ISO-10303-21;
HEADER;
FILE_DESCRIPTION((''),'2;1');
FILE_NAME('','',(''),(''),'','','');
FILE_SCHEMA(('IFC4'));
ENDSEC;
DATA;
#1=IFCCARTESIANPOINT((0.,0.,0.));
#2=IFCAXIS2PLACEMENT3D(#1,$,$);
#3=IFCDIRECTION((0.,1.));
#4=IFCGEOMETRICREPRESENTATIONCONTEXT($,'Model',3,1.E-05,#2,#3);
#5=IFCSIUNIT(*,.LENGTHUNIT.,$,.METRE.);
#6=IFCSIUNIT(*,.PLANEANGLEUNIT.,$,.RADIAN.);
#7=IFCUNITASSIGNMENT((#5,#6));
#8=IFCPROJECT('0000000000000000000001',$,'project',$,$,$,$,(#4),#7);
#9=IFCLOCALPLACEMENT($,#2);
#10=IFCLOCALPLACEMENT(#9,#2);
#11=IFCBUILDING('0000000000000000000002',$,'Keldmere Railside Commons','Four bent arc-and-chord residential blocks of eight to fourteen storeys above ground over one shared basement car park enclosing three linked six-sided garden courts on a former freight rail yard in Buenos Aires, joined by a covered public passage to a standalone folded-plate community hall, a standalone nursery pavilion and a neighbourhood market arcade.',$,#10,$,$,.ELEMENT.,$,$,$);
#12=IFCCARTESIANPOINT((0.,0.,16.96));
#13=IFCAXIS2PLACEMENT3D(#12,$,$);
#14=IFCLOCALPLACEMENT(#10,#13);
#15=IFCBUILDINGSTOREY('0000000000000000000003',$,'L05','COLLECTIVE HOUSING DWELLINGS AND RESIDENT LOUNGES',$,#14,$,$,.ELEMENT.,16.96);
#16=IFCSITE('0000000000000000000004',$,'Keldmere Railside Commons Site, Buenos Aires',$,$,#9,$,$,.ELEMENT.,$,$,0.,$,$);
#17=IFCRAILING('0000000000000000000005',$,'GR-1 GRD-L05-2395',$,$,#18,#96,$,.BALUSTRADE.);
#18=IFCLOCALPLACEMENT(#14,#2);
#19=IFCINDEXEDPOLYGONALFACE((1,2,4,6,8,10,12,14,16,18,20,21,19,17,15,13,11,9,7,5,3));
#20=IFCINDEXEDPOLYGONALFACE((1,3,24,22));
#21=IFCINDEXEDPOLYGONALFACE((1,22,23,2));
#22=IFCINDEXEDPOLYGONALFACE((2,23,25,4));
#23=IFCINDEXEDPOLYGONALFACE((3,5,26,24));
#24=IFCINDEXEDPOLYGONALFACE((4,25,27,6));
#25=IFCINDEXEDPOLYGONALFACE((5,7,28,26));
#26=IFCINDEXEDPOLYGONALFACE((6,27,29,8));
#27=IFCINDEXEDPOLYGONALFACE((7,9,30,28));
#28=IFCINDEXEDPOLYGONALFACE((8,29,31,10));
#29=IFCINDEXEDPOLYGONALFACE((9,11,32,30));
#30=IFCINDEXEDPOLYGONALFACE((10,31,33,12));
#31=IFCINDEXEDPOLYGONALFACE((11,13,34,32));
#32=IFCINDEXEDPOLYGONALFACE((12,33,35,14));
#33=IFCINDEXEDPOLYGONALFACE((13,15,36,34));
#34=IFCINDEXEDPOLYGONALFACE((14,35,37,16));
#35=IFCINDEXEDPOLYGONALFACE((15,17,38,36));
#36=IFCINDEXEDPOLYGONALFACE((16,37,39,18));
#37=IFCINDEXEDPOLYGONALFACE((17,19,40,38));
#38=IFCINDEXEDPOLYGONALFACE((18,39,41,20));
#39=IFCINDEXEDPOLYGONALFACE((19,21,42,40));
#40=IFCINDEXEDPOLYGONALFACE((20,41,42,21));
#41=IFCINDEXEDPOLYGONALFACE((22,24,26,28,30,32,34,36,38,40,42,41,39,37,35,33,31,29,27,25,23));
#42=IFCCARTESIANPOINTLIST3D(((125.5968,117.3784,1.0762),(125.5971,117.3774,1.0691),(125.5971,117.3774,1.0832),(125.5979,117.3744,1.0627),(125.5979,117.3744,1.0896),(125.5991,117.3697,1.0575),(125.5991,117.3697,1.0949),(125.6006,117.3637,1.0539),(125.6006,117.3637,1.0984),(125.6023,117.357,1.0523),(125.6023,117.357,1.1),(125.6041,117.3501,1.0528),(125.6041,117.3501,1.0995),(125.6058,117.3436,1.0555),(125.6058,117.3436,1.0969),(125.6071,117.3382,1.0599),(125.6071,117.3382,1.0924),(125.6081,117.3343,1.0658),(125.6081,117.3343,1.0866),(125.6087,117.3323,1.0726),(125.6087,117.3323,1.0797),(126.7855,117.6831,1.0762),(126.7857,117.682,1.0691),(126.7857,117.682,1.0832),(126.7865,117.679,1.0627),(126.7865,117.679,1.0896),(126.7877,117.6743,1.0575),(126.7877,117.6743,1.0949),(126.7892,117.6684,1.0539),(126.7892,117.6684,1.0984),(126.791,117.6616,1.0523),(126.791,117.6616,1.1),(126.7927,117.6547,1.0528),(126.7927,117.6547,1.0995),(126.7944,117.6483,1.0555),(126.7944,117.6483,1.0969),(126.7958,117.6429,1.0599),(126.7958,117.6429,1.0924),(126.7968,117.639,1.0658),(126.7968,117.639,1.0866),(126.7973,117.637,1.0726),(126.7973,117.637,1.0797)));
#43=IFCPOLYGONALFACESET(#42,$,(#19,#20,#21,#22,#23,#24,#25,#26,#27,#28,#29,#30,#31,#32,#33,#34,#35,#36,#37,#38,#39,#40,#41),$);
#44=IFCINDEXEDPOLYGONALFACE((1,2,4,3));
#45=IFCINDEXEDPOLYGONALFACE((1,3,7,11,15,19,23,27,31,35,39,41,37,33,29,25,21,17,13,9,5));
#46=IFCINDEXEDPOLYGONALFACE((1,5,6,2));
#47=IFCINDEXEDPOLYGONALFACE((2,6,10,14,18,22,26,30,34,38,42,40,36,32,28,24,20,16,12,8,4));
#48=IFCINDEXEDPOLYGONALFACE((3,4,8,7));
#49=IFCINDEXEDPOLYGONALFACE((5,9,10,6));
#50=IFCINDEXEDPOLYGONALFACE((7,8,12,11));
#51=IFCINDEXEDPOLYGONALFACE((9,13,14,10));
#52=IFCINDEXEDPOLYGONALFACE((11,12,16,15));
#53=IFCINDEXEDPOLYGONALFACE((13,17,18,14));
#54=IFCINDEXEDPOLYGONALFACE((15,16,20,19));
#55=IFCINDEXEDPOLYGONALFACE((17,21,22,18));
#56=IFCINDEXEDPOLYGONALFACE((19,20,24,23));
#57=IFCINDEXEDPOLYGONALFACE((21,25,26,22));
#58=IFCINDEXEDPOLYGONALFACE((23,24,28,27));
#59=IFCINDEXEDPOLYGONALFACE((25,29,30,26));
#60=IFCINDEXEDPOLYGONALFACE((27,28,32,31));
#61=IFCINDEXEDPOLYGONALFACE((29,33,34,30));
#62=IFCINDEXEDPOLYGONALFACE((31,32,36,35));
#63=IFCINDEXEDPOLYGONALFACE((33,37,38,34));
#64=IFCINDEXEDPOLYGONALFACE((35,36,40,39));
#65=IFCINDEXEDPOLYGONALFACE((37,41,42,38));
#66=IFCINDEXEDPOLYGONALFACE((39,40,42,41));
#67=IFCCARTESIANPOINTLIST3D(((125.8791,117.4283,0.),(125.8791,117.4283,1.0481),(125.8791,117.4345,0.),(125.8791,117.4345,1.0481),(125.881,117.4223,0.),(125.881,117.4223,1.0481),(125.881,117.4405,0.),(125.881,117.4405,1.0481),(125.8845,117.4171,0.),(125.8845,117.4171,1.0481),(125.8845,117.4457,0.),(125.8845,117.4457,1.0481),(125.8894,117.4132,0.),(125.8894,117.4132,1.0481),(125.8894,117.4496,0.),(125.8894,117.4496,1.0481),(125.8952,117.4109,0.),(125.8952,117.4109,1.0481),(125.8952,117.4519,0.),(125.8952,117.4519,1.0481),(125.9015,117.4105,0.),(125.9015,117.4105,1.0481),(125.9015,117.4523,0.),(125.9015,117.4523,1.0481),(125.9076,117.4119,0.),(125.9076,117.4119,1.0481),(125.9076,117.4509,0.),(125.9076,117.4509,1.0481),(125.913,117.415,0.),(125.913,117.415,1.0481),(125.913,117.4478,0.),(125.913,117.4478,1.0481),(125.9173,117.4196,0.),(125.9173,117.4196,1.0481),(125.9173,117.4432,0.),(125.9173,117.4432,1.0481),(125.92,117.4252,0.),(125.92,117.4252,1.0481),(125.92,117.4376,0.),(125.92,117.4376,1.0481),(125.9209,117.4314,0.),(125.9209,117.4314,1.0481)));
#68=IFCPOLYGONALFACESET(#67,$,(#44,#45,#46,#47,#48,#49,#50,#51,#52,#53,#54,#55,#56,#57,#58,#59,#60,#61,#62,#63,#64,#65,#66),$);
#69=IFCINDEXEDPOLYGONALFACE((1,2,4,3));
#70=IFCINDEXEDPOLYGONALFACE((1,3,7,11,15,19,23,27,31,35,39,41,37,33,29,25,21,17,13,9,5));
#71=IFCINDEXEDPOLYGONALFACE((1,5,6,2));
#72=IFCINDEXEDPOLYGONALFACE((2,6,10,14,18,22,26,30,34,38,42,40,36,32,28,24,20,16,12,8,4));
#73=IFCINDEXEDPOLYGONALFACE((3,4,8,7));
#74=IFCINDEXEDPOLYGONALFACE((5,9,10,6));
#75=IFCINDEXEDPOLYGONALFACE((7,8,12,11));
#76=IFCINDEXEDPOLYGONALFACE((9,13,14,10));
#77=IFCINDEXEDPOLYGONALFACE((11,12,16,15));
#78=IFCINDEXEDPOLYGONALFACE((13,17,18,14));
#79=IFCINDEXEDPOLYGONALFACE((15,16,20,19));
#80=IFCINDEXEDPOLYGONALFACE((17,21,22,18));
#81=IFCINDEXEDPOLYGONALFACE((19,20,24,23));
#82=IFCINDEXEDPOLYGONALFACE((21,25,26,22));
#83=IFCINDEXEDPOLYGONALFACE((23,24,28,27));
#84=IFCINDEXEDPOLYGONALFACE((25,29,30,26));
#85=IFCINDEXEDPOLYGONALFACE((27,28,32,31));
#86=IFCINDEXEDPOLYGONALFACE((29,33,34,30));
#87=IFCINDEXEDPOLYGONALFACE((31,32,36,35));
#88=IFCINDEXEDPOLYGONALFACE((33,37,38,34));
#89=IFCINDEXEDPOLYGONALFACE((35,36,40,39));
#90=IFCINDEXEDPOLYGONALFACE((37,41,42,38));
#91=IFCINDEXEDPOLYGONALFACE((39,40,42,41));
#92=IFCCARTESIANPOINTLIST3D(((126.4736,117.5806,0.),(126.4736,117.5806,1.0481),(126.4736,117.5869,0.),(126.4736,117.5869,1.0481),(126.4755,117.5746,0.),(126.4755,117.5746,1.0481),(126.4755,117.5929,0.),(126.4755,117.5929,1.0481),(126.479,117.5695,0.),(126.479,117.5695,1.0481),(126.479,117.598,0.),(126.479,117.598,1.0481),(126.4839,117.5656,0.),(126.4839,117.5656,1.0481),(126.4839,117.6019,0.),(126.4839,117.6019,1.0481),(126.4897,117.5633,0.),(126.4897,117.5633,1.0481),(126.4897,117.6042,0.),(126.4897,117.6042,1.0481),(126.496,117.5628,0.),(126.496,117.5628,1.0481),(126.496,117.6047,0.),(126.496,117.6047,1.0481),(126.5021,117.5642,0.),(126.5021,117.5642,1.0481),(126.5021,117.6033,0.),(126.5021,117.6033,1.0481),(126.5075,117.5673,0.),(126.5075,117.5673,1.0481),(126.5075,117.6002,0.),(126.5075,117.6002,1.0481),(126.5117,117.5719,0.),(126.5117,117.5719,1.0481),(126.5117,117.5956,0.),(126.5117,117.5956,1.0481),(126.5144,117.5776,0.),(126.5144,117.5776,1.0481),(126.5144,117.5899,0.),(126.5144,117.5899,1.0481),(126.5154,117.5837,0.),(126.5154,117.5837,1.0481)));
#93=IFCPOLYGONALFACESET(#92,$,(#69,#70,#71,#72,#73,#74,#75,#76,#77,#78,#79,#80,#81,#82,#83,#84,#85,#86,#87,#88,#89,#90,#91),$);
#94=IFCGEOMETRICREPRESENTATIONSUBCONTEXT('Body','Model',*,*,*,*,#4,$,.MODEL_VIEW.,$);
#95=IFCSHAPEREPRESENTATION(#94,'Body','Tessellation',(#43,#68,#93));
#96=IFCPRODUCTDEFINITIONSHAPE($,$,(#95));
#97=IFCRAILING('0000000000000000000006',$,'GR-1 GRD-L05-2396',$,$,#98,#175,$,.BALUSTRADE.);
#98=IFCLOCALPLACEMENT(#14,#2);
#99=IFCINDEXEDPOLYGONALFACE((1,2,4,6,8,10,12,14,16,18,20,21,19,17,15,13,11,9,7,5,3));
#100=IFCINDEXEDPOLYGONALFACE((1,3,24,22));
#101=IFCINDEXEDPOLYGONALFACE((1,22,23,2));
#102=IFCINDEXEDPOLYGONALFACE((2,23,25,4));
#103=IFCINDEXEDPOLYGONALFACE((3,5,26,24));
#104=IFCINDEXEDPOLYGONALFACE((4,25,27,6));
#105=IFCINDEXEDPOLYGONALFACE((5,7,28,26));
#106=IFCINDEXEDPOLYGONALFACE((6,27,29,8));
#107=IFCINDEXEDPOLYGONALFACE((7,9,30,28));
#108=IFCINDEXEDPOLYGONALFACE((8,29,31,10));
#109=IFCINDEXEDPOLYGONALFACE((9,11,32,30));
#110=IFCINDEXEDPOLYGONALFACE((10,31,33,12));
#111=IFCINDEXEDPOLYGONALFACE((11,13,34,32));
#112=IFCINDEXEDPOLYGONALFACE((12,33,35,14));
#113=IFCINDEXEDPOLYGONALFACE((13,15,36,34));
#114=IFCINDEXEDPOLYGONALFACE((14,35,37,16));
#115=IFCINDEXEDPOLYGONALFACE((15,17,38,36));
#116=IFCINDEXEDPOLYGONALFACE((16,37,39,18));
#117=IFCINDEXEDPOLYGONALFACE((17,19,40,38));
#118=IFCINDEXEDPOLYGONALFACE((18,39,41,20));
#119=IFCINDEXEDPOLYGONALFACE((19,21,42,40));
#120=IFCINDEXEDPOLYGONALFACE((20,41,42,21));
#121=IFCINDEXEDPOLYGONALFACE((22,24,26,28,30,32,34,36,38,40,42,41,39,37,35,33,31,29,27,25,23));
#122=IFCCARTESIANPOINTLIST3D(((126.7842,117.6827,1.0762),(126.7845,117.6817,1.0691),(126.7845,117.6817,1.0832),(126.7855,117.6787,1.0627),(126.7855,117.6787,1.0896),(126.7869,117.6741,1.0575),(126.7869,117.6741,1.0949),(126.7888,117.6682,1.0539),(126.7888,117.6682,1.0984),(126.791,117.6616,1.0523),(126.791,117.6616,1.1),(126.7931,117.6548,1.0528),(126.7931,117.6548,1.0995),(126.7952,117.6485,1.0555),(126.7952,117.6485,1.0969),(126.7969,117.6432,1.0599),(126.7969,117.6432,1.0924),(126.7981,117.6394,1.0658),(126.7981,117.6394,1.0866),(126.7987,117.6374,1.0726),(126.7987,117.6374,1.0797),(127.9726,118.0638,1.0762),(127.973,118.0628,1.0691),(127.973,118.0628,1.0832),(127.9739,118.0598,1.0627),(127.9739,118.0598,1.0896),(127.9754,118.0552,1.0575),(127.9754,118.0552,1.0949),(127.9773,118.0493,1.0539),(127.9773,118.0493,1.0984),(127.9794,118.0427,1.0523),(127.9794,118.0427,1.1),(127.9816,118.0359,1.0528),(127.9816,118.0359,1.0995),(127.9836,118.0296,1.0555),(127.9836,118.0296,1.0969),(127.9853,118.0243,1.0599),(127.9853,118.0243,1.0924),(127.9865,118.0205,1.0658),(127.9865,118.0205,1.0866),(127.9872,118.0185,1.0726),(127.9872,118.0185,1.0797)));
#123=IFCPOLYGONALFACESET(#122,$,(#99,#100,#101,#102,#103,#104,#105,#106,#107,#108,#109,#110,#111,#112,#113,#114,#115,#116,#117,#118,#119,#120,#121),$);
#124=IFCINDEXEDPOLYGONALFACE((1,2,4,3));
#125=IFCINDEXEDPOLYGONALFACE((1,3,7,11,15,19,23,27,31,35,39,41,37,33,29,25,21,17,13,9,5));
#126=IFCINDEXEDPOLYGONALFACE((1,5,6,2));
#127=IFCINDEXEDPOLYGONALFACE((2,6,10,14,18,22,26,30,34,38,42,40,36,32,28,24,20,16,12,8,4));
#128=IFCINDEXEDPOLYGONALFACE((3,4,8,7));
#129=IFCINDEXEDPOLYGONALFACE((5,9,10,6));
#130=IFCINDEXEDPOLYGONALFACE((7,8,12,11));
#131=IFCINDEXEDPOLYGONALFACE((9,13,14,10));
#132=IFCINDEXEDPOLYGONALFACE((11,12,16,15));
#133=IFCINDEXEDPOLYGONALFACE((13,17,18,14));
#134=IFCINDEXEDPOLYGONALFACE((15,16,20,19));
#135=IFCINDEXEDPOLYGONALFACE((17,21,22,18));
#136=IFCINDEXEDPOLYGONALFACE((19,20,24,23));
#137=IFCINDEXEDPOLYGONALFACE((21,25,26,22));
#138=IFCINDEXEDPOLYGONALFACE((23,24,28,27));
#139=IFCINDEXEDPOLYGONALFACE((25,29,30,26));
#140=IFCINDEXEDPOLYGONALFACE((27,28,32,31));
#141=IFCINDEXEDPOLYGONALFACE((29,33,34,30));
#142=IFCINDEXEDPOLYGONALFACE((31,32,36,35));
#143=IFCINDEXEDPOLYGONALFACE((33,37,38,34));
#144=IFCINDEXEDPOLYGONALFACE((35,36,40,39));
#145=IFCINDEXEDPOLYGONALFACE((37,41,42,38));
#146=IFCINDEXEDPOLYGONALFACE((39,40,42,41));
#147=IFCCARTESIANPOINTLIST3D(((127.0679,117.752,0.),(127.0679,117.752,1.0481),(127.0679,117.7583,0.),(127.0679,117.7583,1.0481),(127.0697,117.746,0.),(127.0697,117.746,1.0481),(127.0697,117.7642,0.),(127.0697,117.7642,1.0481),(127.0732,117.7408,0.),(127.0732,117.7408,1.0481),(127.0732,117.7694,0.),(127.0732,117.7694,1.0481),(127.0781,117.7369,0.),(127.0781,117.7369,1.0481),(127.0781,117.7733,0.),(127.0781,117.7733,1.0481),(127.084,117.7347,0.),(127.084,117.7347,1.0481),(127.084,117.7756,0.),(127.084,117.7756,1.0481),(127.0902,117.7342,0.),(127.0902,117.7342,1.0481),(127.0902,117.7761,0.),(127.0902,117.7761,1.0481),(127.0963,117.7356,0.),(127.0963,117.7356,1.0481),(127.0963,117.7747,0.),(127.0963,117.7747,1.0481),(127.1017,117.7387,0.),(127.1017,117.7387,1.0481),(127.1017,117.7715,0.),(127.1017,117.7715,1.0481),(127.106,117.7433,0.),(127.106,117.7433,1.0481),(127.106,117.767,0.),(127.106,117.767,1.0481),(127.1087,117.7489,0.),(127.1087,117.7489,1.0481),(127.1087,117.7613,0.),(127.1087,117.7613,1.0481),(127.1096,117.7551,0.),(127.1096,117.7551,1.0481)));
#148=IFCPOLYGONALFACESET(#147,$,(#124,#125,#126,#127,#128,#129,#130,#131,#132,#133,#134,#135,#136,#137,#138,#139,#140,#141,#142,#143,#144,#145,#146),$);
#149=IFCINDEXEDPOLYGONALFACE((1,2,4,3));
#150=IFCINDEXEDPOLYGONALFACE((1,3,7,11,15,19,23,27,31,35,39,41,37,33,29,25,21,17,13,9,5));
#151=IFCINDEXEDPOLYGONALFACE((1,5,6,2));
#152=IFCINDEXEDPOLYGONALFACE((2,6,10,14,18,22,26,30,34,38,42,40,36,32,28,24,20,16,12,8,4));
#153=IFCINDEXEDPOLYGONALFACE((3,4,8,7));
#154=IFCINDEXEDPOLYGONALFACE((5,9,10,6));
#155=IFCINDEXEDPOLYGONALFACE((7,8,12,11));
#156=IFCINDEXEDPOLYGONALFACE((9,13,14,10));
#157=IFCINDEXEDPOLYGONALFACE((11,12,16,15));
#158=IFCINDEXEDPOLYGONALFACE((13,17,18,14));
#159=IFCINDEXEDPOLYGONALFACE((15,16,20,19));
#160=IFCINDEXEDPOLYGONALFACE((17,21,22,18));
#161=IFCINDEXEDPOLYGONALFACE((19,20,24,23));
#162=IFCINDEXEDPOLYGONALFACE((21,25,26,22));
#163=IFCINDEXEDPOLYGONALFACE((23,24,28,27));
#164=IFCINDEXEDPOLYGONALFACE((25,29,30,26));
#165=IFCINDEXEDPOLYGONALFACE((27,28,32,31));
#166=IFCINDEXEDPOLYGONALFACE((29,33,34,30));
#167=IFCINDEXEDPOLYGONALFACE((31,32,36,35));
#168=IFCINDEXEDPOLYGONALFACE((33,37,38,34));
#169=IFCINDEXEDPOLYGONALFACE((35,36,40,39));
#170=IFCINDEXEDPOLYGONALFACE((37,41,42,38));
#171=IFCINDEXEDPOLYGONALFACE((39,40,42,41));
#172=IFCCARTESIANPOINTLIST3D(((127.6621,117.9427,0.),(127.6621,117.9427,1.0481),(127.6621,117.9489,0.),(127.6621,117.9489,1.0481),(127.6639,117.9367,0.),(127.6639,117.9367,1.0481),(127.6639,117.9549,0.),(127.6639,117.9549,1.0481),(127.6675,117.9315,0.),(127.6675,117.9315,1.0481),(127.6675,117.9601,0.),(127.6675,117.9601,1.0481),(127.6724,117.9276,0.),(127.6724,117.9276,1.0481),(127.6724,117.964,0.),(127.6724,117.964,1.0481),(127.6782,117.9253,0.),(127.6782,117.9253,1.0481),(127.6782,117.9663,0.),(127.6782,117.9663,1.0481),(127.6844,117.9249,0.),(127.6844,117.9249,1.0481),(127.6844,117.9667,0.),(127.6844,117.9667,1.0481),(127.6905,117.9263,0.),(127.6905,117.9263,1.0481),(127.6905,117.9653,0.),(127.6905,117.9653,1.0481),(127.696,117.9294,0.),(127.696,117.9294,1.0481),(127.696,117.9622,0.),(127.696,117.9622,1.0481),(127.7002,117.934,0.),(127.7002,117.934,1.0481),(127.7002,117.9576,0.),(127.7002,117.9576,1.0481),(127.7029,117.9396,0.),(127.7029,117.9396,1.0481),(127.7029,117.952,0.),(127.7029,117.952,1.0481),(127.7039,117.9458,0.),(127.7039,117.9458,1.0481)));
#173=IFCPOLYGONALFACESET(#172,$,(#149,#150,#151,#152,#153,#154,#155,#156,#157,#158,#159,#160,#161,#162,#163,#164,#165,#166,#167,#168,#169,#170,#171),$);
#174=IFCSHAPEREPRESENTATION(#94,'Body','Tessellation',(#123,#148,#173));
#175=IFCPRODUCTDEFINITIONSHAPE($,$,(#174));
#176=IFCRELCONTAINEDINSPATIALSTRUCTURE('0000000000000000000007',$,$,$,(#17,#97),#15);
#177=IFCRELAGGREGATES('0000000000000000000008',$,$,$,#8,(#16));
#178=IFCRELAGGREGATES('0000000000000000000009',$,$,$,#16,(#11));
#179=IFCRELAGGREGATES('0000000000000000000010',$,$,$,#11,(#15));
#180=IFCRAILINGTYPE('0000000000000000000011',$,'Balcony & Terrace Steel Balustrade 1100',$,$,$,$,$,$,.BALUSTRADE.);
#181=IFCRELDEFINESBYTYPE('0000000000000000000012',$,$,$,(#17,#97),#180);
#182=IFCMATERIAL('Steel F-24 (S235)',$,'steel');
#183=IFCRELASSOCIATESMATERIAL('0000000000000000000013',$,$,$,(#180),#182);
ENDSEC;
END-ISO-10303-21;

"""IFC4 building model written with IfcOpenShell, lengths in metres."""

from ifc_helpers import new_model, si_unit, direction, frame, origin, origin_2d, place, context, subcontext, project, spatial, circle, extrude, material, type_object, element, save


model = new_model("IFC4")

# Units and contexts
model_context = context("Model", 3, precision=1e-05, world=origin(), true_north=direction((0.0, 1.0)))
body_context = subcontext(model_context, "Body", "Model", "MODEL_VIEW")
ifc_project = project(units=[si_unit("LENGTHUNIT", "METRE"), si_unit("PLANEANGLEUNIT", "RADIAN")], contexts=[model_context])

# Site, building, storey
site_placement = place(None, origin())
site = spatial("IfcSite", under=ifc_project, at=site_placement, Name="Keldmere Railside Commons Site, Buenos Aires", CompositionType="ELEMENT", RefElevation=0.0)
building_placement = place(site_placement, origin())
building = spatial("IfcBuilding", under=site, at=building_placement, Name="Keldmere Railside Commons", Description="Four bent arc-and-chord residential blocks of eight to fourteen storeys above ground over one shared basement car park enclosing three linked six-sided garden courts on a former freight rail yard in Buenos Aires, joined by a covered public passage to a standalone folded-plate community hall, a standalone nursery pavilion and a neighbourhood market arcade.", CompositionType="ELEMENT")
storey_placement = place(building_placement, frame((0.0, 0.0, 16.96)))
storey = spatial("IfcBuildingStorey", under=building, at=storey_placement, Name="L05", Description="COLLECTIVE HOUSING DWELLINGS AND RESIDENT LOUNGES", CompositionType="ELEMENT", Elevation=16.96)

# Railings
ifc_material_1 = material(Name="Steel F-24 (S235)", Category="steel")
railing_type = type_object("IfcRailingType", Name="Balcony & Terrace Steel Balustrade 1100", PredefinedType="BALUSTRADE", material=ifc_material_1)
railing_1_placement = place(storey_placement, frame((125.6028, 117.3552, 0.0)))
element("IfcRailing", 1, at=railing_1_placement, inside=storey, type_object=railing_type, Name="GR-1 GRD-L05-2395", PredefinedType="BALUSTRADE", context=body_context, shape_type="SweptSolid", body=[
    extrude(circle(Radius=0.0239, at=origin_2d()), frame((0.0, 0.0, 1.0762), z_axis=(0.968686, 0.248289, 0.0), x_axis=(-0.248289, 0.968686, 0.0)), (0.0, 0.0, 1.0), 1.2271),
    extrude(circle(Radius=0.021, at=origin_2d()), frame((0.2971, 0.0762, 0.0)), (0.0, 0.0, 1.0), 1.0481),
    extrude(circle(Radius=0.021, at=origin_2d()), frame((0.8916, 0.2285, 0.0)), (0.0, 0.0, 1.0), 1.0481),
])
railing_2_placement = place(storey_placement, frame((126.7915, 117.6599, 0.0)))
element("IfcRailing", 2, at=railing_2_placement, inside=storey, type_object=railing_type, Name="GR-1 GRD-L05-2396", PredefinedType="BALUSTRADE", context=body_context, shape_type="SweptSolid", body=[
    extrude(circle(Radius=0.0239, at=origin_2d()), frame((0.0, 0.0, 1.0762), z_axis=(0.95224, 0.305351, 0.0), x_axis=(-0.305351, 0.95224, 0.0)), (0.0, 0.0, 1.0), 1.248),
    extrude(circle(Radius=0.021, at=origin_2d()), frame((0.2971, 0.0952, 0.0)), (0.0, 0.0, 1.0), 1.0481),
    extrude(circle(Radius=0.021, at=origin_2d()), frame((0.8914, 0.2859, 0.0)), (0.0, 0.0, 1.0), 1.0481),
])

save(model, "model.ifc")
